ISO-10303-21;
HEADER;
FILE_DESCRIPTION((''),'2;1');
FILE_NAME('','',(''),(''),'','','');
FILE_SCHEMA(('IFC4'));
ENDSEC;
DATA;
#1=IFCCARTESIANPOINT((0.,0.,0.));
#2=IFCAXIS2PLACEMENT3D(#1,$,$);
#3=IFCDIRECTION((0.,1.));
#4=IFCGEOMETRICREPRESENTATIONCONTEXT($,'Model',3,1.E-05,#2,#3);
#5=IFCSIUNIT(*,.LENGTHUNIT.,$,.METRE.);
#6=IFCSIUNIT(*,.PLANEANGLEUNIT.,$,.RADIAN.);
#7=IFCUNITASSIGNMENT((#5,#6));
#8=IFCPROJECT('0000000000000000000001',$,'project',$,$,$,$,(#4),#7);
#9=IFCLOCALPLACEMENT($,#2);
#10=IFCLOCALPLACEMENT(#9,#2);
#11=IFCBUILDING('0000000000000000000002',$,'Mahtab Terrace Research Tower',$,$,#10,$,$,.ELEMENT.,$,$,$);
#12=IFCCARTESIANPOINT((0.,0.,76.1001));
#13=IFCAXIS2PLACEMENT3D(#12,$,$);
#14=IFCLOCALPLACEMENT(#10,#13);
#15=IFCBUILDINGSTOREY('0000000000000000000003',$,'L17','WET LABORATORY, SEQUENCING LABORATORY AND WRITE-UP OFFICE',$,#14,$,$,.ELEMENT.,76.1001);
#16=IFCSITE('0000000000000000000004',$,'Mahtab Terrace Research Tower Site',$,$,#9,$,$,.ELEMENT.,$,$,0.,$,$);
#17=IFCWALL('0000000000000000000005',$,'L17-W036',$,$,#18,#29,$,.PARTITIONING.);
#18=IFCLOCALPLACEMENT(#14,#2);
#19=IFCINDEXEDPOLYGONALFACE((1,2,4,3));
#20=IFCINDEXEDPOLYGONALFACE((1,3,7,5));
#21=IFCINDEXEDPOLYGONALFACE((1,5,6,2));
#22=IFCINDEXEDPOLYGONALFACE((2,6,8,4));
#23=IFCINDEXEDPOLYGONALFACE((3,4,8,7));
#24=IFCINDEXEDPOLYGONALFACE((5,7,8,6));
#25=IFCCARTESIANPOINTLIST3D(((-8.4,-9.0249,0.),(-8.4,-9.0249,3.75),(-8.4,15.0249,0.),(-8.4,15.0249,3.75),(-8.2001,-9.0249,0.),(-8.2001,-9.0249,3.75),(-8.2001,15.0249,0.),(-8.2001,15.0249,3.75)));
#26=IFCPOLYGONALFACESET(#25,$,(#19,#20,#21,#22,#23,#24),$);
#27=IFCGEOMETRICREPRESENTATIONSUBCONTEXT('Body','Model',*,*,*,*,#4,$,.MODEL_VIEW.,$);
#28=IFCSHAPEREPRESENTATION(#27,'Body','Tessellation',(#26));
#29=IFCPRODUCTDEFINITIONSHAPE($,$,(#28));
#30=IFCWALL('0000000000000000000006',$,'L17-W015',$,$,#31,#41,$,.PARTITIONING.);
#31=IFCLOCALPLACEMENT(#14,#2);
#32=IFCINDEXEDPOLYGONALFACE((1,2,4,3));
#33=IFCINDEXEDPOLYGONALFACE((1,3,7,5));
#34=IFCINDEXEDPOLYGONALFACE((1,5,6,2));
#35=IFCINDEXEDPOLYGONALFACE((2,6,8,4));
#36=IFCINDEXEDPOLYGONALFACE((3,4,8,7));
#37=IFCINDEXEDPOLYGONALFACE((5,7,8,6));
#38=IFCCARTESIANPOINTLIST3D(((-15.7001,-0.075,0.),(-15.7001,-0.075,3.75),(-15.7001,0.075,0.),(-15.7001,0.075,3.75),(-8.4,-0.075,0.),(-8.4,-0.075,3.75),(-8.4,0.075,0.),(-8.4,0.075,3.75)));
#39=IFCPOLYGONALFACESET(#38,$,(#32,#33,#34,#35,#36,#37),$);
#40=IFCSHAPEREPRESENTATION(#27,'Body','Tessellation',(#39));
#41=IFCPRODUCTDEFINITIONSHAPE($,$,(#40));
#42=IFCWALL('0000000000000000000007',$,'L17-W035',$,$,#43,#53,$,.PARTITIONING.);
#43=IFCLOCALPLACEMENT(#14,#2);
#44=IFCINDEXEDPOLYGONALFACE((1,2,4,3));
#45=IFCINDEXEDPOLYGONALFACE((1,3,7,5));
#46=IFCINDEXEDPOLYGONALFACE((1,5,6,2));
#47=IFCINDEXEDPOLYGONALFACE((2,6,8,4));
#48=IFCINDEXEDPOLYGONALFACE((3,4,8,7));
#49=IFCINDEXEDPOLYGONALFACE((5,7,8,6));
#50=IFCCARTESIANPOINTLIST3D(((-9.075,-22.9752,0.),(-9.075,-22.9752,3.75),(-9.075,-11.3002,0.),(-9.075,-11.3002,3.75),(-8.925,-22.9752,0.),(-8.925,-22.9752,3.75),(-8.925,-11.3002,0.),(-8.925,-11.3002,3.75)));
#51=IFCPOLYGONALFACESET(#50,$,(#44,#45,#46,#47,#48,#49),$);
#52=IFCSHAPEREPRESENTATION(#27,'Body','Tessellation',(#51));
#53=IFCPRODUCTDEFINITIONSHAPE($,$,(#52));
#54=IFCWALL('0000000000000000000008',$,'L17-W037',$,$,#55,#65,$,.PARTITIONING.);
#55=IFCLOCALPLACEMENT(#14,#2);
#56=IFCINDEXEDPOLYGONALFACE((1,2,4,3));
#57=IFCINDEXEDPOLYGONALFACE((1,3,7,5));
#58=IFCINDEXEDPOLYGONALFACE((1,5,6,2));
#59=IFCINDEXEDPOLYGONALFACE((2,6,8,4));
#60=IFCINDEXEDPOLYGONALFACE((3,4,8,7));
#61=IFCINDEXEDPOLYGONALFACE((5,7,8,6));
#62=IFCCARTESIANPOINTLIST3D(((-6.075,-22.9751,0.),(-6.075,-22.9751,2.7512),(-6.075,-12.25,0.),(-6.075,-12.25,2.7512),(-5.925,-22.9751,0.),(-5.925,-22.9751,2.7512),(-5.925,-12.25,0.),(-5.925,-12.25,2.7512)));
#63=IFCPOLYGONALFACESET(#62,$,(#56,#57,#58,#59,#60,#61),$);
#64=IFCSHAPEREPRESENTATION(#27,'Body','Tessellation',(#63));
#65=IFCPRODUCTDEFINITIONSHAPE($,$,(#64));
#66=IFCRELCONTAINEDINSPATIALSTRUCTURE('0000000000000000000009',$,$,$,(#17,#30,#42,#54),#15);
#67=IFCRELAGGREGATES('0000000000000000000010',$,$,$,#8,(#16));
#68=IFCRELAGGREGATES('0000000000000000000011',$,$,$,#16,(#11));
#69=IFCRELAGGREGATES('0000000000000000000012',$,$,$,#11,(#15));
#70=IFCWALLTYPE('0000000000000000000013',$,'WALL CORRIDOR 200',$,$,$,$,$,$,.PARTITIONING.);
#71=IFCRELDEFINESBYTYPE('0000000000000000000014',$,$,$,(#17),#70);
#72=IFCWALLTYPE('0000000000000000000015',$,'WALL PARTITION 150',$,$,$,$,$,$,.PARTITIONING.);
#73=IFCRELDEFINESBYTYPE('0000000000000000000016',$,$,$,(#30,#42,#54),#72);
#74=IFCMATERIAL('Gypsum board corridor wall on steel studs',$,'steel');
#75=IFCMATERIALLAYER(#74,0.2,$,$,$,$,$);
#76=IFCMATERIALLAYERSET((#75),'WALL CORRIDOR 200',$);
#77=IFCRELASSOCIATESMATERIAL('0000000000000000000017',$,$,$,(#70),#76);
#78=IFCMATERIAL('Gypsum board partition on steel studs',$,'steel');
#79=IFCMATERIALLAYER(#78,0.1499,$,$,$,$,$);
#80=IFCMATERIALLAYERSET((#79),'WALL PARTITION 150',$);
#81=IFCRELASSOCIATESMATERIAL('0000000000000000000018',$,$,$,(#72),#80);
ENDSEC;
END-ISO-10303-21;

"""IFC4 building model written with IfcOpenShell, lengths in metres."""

from ifc_helpers import new_model, si_unit, direction, frame, frame_2d, origin, place, context, subcontext, project, spatial, rectangle, extrude, material, layer, layer_set, type_object, element, save


model = new_model("IFC4")

# Units and contexts
model_context = context("Model", 3, precision=1e-05, world=origin(), true_north=direction((0.0, 1.0)))
body_context = subcontext(model_context, "Body", "Model", "MODEL_VIEW")
ifc_project = project(units=[si_unit("LENGTHUNIT", "METRE"), si_unit("PLANEANGLEUNIT", "RADIAN")], contexts=[model_context])

# Site, building, storey
site_placement = place(None, origin())
site = spatial("IfcSite", under=ifc_project, at=site_placement, Name="Mahtab Terrace Research Tower Site", CompositionType="ELEMENT", RefElevation=0.0)
building_placement = place(site_placement, origin())
building = spatial("IfcBuilding", under=site, at=building_placement, Name="Mahtab Terrace Research Tower", CompositionType="ELEMENT")
storey_placement = place(building_placement, frame((0.0, 0.0, 76.1001)))
storey = spatial("IfcBuildingStorey", under=building, at=storey_placement, Name="L17", Description="WET LABORATORY, SEQUENCING LABORATORY AND WRITE-UP OFFICE", CompositionType="ELEMENT", Elevation=76.1001)

# Shared definitions
ifc_material_1 = material(Name="Gypsum board corridor wall on steel studs", Category="steel")
ifc_layer_1 = layer(ifc_material_1, 0.2)
ifc_layer_set_1 = layer_set([ifc_layer_1], Name="WALL CORRIDOR 200")
wall_type_1 = type_object("IfcWallType", Name="WALL CORRIDOR 200", PredefinedType="PARTITIONING", material=ifc_layer_set_1)

# Walls
wall_1_placement = place(storey_placement, frame((-8.3, -9.0249, 0.0), z_axis=(0.0, 0.0, 1.0), x_axis=(0.0, 1.0, 0.0)))
element("IfcWall", 1, at=wall_1_placement, inside=storey, type_object=wall_type_1, Name="L17-W036", PredefinedType="PARTITIONING", context=body_context, shape_type="SweptSolid", body=[
    extrude(rectangle(XDim=24.0498, YDim=0.2, at=frame_2d((12.0249, 0.0))), origin(), (0.0, 0.0, 1.0), 3.75),
])
ifc_material_2 = material(Name="Gypsum board partition on steel studs", Category="steel")
ifc_layer_2 = layer(ifc_material_2, 0.1499)
ifc_layer_set_2 = layer_set([ifc_layer_2], Name="WALL PARTITION 150")
wall_type_2 = type_object("IfcWallType", Name="WALL PARTITION 150", PredefinedType="PARTITIONING", material=ifc_layer_set_2)
wall_2_placement = place(storey_placement, frame((-15.7, 0.0, 0.0), z_axis=(0.0, 0.0, 1.0), x_axis=(1.0, 0.0, 0.0)))
element("IfcWall", 2, at=wall_2_placement, inside=storey, type_object=wall_type_2, Name="L17-W015", PredefinedType="PARTITIONING", context=body_context, shape_type="SweptSolid", body=[
    extrude(rectangle(XDim=7.3, YDim=0.1499, at=frame_2d((3.6499, 0.0))), origin(), (0.0, 0.0, 1.0), 3.75),
])
wall_3_placement = place(storey_placement, frame((-9.0, -22.9751, 0.0), z_axis=(0.0, 0.0, 1.0), x_axis=(0.0, 1.0, 0.0)))
element("IfcWall", 3, at=wall_3_placement, inside=storey, type_object=wall_type_2, Name="L17-W035", PredefinedType="PARTITIONING", context=body_context, shape_type="SweptSolid", body=[
    extrude(rectangle(XDim=11.675, YDim=0.1499, at=frame_2d((5.8374, 0.0))), origin(), (0.0, 0.0, 1.0), 3.75),
])
wall_4_placement = place(storey_placement, frame((-6.0, -22.9751, 0.0), z_axis=(0.0, 0.0, 1.0), x_axis=(0.0, 1.0, 0.0)))
element("IfcWall", 4, at=wall_4_placement, inside=storey, type_object=wall_type_2, Name="L17-W037", PredefinedType="PARTITIONING", context=body_context, shape_type="SweptSolid", body=[
    extrude(rectangle(XDim=10.7251, YDim=0.1499, at=frame_2d((5.3625, 0.0))), origin(), (0.0, 0.0, 1.0), 2.7512),
])

save(model, "model.ifc")
